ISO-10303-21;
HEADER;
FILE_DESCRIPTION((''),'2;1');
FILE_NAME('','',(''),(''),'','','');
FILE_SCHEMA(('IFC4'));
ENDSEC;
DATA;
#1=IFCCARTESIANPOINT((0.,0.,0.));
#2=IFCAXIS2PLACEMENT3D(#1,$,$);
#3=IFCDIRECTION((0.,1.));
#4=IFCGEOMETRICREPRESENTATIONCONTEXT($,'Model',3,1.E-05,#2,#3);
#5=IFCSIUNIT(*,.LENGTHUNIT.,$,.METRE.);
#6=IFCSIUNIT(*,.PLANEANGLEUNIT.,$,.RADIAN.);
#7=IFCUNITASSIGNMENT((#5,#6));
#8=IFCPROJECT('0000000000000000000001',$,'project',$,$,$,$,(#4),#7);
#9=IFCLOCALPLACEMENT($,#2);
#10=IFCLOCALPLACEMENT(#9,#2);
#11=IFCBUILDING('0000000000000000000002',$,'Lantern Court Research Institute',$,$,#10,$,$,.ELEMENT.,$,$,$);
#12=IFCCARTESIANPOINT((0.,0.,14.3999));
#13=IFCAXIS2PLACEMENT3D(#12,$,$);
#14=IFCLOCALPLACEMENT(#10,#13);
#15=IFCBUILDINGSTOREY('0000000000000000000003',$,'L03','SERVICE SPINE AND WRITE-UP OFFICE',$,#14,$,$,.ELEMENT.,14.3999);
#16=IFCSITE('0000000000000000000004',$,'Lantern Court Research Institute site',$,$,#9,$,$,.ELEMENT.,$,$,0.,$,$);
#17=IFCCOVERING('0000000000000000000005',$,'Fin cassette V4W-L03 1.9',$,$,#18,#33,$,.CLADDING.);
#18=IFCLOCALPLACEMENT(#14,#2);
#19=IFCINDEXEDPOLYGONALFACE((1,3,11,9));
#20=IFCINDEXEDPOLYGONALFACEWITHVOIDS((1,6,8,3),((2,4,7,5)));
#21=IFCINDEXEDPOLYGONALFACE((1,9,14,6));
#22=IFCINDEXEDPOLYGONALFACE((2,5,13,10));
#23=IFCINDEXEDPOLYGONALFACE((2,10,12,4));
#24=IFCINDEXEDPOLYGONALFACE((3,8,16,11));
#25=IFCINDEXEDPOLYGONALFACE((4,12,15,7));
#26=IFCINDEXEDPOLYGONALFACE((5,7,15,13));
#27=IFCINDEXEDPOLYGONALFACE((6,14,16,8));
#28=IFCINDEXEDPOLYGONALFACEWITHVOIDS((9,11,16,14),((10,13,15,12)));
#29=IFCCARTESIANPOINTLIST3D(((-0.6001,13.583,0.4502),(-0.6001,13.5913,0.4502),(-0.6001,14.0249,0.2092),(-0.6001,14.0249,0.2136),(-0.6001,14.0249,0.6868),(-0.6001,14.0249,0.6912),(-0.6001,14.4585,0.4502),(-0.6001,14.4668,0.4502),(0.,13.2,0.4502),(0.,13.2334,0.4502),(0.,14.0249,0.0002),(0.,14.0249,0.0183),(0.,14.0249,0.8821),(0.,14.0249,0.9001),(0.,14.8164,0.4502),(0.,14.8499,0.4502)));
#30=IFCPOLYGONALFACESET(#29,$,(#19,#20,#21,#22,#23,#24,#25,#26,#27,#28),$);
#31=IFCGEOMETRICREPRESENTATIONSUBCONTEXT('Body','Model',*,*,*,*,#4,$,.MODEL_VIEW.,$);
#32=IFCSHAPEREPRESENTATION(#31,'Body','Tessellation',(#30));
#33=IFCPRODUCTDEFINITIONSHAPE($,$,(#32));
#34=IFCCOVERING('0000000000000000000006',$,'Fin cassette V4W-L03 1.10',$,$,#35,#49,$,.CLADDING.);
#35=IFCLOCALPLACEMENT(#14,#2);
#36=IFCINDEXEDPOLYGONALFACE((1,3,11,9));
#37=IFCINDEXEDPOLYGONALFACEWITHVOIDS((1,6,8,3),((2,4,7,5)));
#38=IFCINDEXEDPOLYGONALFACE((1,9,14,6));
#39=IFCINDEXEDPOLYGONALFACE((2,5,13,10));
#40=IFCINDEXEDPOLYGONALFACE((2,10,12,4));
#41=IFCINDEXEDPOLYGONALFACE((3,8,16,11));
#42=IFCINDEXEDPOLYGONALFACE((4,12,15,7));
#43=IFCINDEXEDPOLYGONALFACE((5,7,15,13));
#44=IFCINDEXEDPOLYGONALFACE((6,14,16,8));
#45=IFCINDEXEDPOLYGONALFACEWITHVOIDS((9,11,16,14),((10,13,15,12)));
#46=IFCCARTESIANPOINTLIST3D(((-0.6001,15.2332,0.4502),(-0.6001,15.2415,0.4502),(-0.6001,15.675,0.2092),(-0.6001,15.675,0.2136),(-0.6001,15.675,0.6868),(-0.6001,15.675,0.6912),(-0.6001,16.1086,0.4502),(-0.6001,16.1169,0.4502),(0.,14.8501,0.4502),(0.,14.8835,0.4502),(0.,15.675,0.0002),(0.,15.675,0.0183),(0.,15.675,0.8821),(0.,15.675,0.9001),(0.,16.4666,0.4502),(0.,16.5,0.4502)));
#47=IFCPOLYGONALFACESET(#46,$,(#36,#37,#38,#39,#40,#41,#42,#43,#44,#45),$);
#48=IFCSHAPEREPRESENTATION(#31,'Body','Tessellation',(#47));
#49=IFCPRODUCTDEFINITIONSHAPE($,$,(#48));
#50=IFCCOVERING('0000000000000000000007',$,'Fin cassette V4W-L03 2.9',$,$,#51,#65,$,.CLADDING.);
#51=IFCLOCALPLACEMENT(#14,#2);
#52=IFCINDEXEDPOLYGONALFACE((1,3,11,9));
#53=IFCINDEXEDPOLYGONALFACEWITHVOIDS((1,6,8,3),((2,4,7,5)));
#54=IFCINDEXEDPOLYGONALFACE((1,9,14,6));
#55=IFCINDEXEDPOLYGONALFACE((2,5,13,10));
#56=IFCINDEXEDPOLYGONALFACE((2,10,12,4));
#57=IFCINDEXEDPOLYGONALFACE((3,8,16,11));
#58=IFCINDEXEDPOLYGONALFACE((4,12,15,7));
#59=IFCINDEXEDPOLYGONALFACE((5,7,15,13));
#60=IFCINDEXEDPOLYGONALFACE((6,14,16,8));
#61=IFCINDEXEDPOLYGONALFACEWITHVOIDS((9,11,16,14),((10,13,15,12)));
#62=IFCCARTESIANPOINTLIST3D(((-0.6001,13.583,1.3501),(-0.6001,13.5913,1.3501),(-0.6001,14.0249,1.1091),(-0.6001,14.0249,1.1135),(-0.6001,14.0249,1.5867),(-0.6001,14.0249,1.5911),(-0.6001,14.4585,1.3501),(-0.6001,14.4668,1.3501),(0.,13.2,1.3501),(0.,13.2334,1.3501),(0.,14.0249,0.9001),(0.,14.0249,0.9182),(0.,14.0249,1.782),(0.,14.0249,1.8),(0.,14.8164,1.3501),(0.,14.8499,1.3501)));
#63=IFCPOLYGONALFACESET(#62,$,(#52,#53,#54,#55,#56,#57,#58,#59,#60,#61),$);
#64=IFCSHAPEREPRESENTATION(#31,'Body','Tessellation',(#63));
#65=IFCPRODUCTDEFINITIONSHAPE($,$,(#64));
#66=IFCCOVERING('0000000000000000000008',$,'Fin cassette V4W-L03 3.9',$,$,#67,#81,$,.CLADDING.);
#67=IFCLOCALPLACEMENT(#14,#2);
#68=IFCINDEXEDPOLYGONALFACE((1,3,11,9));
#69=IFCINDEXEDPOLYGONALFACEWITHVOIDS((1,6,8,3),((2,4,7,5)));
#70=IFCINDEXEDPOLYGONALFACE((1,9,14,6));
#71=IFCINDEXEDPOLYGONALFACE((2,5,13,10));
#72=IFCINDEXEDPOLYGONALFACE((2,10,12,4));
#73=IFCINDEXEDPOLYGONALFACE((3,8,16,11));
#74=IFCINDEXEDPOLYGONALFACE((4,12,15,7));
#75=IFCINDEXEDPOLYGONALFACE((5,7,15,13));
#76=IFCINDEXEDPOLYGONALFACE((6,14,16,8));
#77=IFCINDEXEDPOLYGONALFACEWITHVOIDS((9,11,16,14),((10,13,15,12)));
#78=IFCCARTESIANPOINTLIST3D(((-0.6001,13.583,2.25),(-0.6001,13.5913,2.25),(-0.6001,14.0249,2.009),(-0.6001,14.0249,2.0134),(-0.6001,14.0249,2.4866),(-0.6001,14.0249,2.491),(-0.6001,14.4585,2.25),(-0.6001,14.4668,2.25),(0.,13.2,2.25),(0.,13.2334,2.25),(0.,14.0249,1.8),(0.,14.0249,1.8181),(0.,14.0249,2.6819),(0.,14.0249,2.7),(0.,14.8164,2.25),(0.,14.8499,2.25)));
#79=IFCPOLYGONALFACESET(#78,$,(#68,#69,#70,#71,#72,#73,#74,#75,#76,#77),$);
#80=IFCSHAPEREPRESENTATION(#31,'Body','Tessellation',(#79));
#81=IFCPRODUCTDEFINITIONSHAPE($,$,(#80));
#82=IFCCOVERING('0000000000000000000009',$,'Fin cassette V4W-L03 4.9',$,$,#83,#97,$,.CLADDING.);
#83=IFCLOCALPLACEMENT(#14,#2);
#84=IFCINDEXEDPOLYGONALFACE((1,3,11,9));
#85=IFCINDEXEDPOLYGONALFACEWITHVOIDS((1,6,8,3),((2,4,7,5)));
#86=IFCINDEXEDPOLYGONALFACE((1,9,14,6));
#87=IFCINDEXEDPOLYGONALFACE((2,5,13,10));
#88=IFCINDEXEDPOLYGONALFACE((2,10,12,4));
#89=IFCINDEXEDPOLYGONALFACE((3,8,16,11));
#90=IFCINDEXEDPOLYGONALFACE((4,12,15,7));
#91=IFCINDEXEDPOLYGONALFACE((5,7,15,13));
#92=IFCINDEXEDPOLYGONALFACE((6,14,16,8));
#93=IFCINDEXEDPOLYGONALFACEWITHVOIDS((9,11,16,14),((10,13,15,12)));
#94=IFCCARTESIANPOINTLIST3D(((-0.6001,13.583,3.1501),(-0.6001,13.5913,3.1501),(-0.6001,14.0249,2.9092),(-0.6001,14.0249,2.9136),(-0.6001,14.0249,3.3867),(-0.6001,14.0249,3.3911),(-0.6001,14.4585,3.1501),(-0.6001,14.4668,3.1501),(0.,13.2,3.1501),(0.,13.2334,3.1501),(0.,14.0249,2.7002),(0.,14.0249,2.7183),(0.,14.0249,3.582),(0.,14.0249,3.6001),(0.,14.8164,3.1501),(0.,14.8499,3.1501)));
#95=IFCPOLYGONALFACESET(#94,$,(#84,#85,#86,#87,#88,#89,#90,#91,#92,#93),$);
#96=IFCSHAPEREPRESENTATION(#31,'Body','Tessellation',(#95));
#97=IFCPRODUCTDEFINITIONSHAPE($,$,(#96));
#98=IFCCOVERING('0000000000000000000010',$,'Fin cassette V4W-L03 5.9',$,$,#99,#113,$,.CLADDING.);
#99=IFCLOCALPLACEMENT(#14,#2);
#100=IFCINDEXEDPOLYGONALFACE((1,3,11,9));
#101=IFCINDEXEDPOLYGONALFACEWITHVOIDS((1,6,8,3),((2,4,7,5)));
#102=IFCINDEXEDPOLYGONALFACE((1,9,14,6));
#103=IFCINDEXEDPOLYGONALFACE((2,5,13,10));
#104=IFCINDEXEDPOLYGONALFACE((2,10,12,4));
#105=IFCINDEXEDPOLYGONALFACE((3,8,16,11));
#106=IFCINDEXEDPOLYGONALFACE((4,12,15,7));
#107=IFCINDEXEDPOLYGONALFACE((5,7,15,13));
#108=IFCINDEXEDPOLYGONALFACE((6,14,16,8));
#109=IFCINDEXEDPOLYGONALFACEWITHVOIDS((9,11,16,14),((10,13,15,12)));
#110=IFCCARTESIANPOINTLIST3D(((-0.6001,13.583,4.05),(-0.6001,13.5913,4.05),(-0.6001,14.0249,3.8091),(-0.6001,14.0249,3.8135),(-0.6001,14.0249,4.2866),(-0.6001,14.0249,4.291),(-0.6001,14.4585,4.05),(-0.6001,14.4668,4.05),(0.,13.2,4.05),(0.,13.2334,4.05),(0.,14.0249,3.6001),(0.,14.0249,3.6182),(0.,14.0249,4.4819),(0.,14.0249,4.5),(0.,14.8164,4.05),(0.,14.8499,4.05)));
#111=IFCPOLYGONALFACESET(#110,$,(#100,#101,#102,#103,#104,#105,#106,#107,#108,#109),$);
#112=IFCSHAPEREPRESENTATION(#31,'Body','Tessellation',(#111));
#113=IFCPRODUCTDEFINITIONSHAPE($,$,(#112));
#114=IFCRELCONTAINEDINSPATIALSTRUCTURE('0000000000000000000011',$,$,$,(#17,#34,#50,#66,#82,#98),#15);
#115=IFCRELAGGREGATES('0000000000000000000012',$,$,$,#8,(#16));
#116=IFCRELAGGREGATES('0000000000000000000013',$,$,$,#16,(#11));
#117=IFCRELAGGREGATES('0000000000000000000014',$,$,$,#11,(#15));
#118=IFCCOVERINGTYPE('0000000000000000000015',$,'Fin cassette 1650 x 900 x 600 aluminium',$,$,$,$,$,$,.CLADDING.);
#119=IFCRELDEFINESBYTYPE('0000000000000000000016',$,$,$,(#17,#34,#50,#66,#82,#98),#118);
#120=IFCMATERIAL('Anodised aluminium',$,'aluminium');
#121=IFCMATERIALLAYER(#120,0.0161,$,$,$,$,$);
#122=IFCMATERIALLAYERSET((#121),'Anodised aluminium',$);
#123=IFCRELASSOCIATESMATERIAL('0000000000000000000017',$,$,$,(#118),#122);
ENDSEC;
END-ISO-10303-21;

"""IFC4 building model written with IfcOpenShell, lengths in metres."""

from ifc_helpers import new_model, entity, si_unit, direction, frame, origin, place, context, subcontext, project, spatial, material, layer, layer_set, type_object, element, save


model = new_model("IFC4")

# Units and contexts
model_context = context("Model", 3, precision=1e-05, world=origin(), true_north=direction((0.0, 1.0)))
body_context = subcontext(model_context, "Body", "Model", "MODEL_VIEW")
ifc_project = project(units=[si_unit("LENGTHUNIT", "METRE"), si_unit("PLANEANGLEUNIT", "RADIAN")], contexts=[model_context])

# Site, building, storey
site_placement = place(None, origin())
site = spatial("IfcSite", under=ifc_project, at=site_placement, Name="Lantern Court Research Institute site", CompositionType="ELEMENT", RefElevation=0.0)
building_placement = place(site_placement, origin())
building = spatial("IfcBuilding", under=site, at=building_placement, Name="Lantern Court Research Institute", CompositionType="ELEMENT")
storey_placement = place(building_placement, frame((0.0, 0.0, 14.3999)))
storey = spatial("IfcBuildingStorey", under=building, at=storey_placement, Name="L03", Description="SERVICE SPINE AND WRITE-UP OFFICE", CompositionType="ELEMENT", Elevation=14.3999)

# Coverings
ifc_material_1 = material(Name="Anodised aluminium", Category="aluminium")
ifc_layer_1 = layer(ifc_material_1, 0.0161)
ifc_layer_set_1 = layer_set([ifc_layer_1], Name="Anodised aluminium")
covering_type = type_object("IfcCoveringType", Name="Fin cassette 1650 x 900 x 600 aluminium", PredefinedType="CLADDING", material=ifc_layer_set_1)
covering_1_placement = place(storey_placement, frame((0.0, 14.0249, 0.4502), z_axis=(-1.0, 0.0, 0.0), x_axis=(0.0, -1.0, 0.0)))
cartesian_point_1 = entity("IfcCartesianPoint", [0.825, 0.0])
cartesian_point_2 = entity("IfcCartesianPoint", [0.7915, 0.0])
cartesian_point_3 = entity("IfcCartesianPoint", [0.4419, 0.0])
cartesian_point_4 = entity("IfcCartesianPoint", [0.4336, 0.0])
element("IfcCovering", 1, at=covering_1_placement, inside=storey, type_object=covering_type, Name="Fin cassette V4W-L03 1.9", PredefinedType="CLADDING", context=body_context, shape_type="SweptSolid", body=[
    entity("IfcExtrudedAreaSolidTapered", entity("IfcArbitraryProfileDefWithVoids", "AREA", None, entity("IfcPolyline", [cartesian_point_1, entity("IfcCartesianPoint", [0.0, 0.45]), entity("IfcCartesianPoint", [-0.825, 0.0]), entity("IfcCartesianPoint", [0.0, -0.45]), cartesian_point_1]), [entity("IfcPolyline", [cartesian_point_2, entity("IfcCartesianPoint", [0.0, 0.4319]), entity("IfcCartesianPoint", [-0.7915, 0.0]), entity("IfcCartesianPoint", [0.0, -0.4319]), cartesian_point_2])]), entity("IfcAxis2Placement3D", entity("IfcCartesianPoint", [0.0, 0.0, 0.0])), entity("IfcDirection", [0.0, 0.0, 1.0]), 0.6001, entity("IfcArbitraryProfileDefWithVoids", "AREA", None, entity("IfcPolyline", [cartesian_point_3, entity("IfcCartesianPoint", [0.0, 0.241]), entity("IfcCartesianPoint", [-0.4419, 0.0]), entity("IfcCartesianPoint", [0.0, -0.241]), cartesian_point_3]), [entity("IfcPolyline", [cartesian_point_4, entity("IfcCartesianPoint", [0.0, 0.2366]), entity("IfcCartesianPoint", [-0.4336, 0.0]), entity("IfcCartesianPoint", [0.0, -0.2366]), cartesian_point_4])])),
])
covering_2_placement = place(storey_placement, frame((0.0, 15.675, 0.4502), z_axis=(-1.0, 0.0, 0.0), x_axis=(0.0, -1.0, 0.0)))
cartesian_point_5 = entity("IfcCartesianPoint", [0.825, 0.0])
cartesian_point_6 = entity("IfcCartesianPoint", [0.7915, 0.0])
cartesian_point_7 = entity("IfcCartesianPoint", [0.4419, 0.0])
cartesian_point_8 = entity("IfcCartesianPoint", [0.4336, 0.0])
element("IfcCovering", 2, at=covering_2_placement, inside=storey, type_object=covering_type, Name="Fin cassette V4W-L03 1.10", PredefinedType="CLADDING", context=body_context, shape_type="SweptSolid", body=[
    entity("IfcExtrudedAreaSolidTapered", entity("IfcArbitraryProfileDefWithVoids", "AREA", None, entity("IfcPolyline", [cartesian_point_5, entity("IfcCartesianPoint", [0.0, 0.45]), entity("IfcCartesianPoint", [-0.825, 0.0]), entity("IfcCartesianPoint", [0.0, -0.45]), cartesian_point_5]), [entity("IfcPolyline", [cartesian_point_6, entity("IfcCartesianPoint", [0.0, 0.4319]), entity("IfcCartesianPoint", [-0.7915, 0.0]), entity("IfcCartesianPoint", [0.0, -0.4319]), cartesian_point_6])]), entity("IfcAxis2Placement3D", entity("IfcCartesianPoint", [0.0, 0.0, 0.0])), entity("IfcDirection", [0.0, 0.0, 1.0]), 0.6001, entity("IfcArbitraryProfileDefWithVoids", "AREA", None, entity("IfcPolyline", [cartesian_point_7, entity("IfcCartesianPoint", [0.0, 0.241]), entity("IfcCartesianPoint", [-0.4419, 0.0]), entity("IfcCartesianPoint", [0.0, -0.241]), cartesian_point_7]), [entity("IfcPolyline", [cartesian_point_8, entity("IfcCartesianPoint", [0.0, 0.2366]), entity("IfcCartesianPoint", [-0.4336, 0.0]), entity("IfcCartesianPoint", [0.0, -0.2366]), cartesian_point_8])])),
])
covering_3_placement = place(storey_placement, frame((0.0, 14.0249, 1.3501), z_axis=(-1.0, 0.0, 0.0), x_axis=(0.0, -1.0, 0.0)))
cartesian_point_9 = entity("IfcCartesianPoint", [0.825, 0.0])
cartesian_point_10 = entity("IfcCartesianPoint", [0.7915, 0.0])
cartesian_point_11 = entity("IfcCartesianPoint", [0.4419, 0.0])
cartesian_point_12 = entity("IfcCartesianPoint", [0.4336, 0.0])
element("IfcCovering", 3, at=covering_3_placement, inside=storey, type_object=covering_type, Name="Fin cassette V4W-L03 2.9", PredefinedType="CLADDING", context=body_context, shape_type="SweptSolid", body=[
    entity("IfcExtrudedAreaSolidTapered", entity("IfcArbitraryProfileDefWithVoids", "AREA", None, entity("IfcPolyline", [cartesian_point_9, entity("IfcCartesianPoint", [0.0, 0.45]), entity("IfcCartesianPoint", [-0.825, 0.0]), entity("IfcCartesianPoint", [0.0, -0.45]), cartesian_point_9]), [entity("IfcPolyline", [cartesian_point_10, entity("IfcCartesianPoint", [0.0, 0.4319]), entity("IfcCartesianPoint", [-0.7915, 0.0]), entity("IfcCartesianPoint", [0.0, -0.4319]), cartesian_point_10])]), entity("IfcAxis2Placement3D", entity("IfcCartesianPoint", [0.0, 0.0, 0.0])), entity("IfcDirection", [0.0, 0.0, 1.0]), 0.6001, entity("IfcArbitraryProfileDefWithVoids", "AREA", None, entity("IfcPolyline", [cartesian_point_11, entity("IfcCartesianPoint", [0.0, 0.241]), entity("IfcCartesianPoint", [-0.4419, 0.0]), entity("IfcCartesianPoint", [0.0, -0.241]), cartesian_point_11]), [entity("IfcPolyline", [cartesian_point_12, entity("IfcCartesianPoint", [0.0, 0.2366]), entity("IfcCartesianPoint", [-0.4336, 0.0]), entity("IfcCartesianPoint", [0.0, -0.2366]), cartesian_point_12])])),
])
covering_4_placement = place(storey_placement, frame((0.0, 14.0249, 2.25), z_axis=(-1.0, 0.0, 0.0), x_axis=(0.0, -1.0, 0.0)))
cartesian_point_13 = entity("IfcCartesianPoint", [0.825, 0.0])
cartesian_point_14 = entity("IfcCartesianPoint", [0.7915, 0.0])
cartesian_point_15 = entity("IfcCartesianPoint", [0.4419, 0.0])
cartesian_point_16 = entity("IfcCartesianPoint", [0.4336, 0.0])
element("IfcCovering", 4, at=covering_4_placement, inside=storey, type_object=covering_type, Name="Fin cassette V4W-L03 3.9", PredefinedType="CLADDING", context=body_context, shape_type="SweptSolid", body=[
    entity("IfcExtrudedAreaSolidTapered", entity("IfcArbitraryProfileDefWithVoids", "AREA", None, entity("IfcPolyline", [cartesian_point_13, entity("IfcCartesianPoint", [0.0, 0.45]), entity("IfcCartesianPoint", [-0.825, 0.0]), entity("IfcCartesianPoint", [0.0, -0.45]), cartesian_point_13]), [entity("IfcPolyline", [cartesian_point_14, entity("IfcCartesianPoint", [0.0, 0.4319]), entity("IfcCartesianPoint", [-0.7915, 0.0]), entity("IfcCartesianPoint", [0.0, -0.4319]), cartesian_point_14])]), entity("IfcAxis2Placement3D", entity("IfcCartesianPoint", [0.0, 0.0, 0.0])), entity("IfcDirection", [0.0, 0.0, 1.0]), 0.6001, entity("IfcArbitraryProfileDefWithVoids", "AREA", None, entity("IfcPolyline", [cartesian_point_15, entity("IfcCartesianPoint", [0.0, 0.241]), entity("IfcCartesianPoint", [-0.4419, 0.0]), entity("IfcCartesianPoint", [0.0, -0.241]), cartesian_point_15]), [entity("IfcPolyline", [cartesian_point_16, entity("IfcCartesianPoint", [0.0, 0.2366]), entity("IfcCartesianPoint", [-0.4336, 0.0]), entity("IfcCartesianPoint", [0.0, -0.2366]), cartesian_point_16])])),
])
covering_5_placement = place(storey_placement, frame((0.0, 14.0249, 3.1501), z_axis=(-1.0, 0.0, 0.0), x_axis=(0.0, -1.0, 0.0)))
cartesian_point_17 = entity("IfcCartesianPoint", [0.825, 0.0])
cartesian_point_18 = entity("IfcCartesianPoint", [0.7915, 0.0])
cartesian_point_19 = entity("IfcCartesianPoint", [0.4419, 0.0])
cartesian_point_20 = entity("IfcCartesianPoint", [0.4336, 0.0])
element("IfcCovering", 5, at=covering_5_placement, inside=storey, type_object=covering_type, Name="Fin cassette V4W-L03 4.9", PredefinedType="CLADDING", context=body_context, shape_type="SweptSolid", body=[
    entity("IfcExtrudedAreaSolidTapered", entity("IfcArbitraryProfileDefWithVoids", "AREA", None, entity("IfcPolyline", [cartesian_point_17, entity("IfcCartesianPoint", [0.0, 0.45]), entity("IfcCartesianPoint", [-0.825, 0.0]), entity("IfcCartesianPoint", [0.0, -0.45]), cartesian_point_17]), [entity("IfcPolyline", [cartesian_point_18, entity("IfcCartesianPoint", [0.0, 0.4319]), entity("IfcCartesianPoint", [-0.7915, 0.0]), entity("IfcCartesianPoint", [0.0, -0.4319]), cartesian_point_18])]), entity("IfcAxis2Placement3D", entity("IfcCartesianPoint", [0.0, 0.0, 0.0])), entity("IfcDirection", [0.0, 0.0, 1.0]), 0.6001, entity("IfcArbitraryProfileDefWithVoids", "AREA", None, entity("IfcPolyline", [cartesian_point_19, entity("IfcCartesianPoint", [0.0, 0.241]), entity("IfcCartesianPoint", [-0.4419, 0.0]), entity("IfcCartesianPoint", [0.0, -0.241]), cartesian_point_19]), [entity("IfcPolyline", [cartesian_point_20, entity("IfcCartesianPoint", [0.0, 0.2366]), entity("IfcCartesianPoint", [-0.4336, 0.0]), entity("IfcCartesianPoint", [0.0, -0.2366]), cartesian_point_20])])),
])
covering_6_placement = place(storey_placement, frame((0.0, 14.0249, 4.05), z_axis=(-1.0, 0.0, 0.0), x_axis=(0.0, -1.0, 0.0)))
cartesian_point_21 = entity("IfcCartesianPoint", [0.825, 0.0])
cartesian_point_22 = entity("IfcCartesianPoint", [0.7915, 0.0])
cartesian_point_23 = entity("IfcCartesianPoint", [0.4419, 0.0])
cartesian_point_24 = entity("IfcCartesianPoint", [0.4336, 0.0])
element("IfcCovering", 6, at=covering_6_placement, inside=storey, type_object=covering_type, Name="Fin cassette V4W-L03 5.9", PredefinedType="CLADDING", context=body_context, shape_type="SweptSolid", body=[
    entity("IfcExtrudedAreaSolidTapered", entity("IfcArbitraryProfileDefWithVoids", "AREA", None, entity("IfcPolyline", [cartesian_point_21, entity("IfcCartesianPoint", [0.0, 0.45]), entity("IfcCartesianPoint", [-0.825, 0.0]), entity("IfcCartesianPoint", [0.0, -0.45]), cartesian_point_21]), [entity("IfcPolyline", [cartesian_point_22, entity("IfcCartesianPoint", [0.0, 0.4319]), entity("IfcCartesianPoint", [-0.7915, 0.0]), entity("IfcCartesianPoint", [0.0, -0.4319]), cartesian_point_22])]), entity("IfcAxis2Placement3D", entity("IfcCartesianPoint", [0.0, 0.0, 0.0])), entity("IfcDirection", [0.0, 0.0, 1.0]), 0.6001, entity("IfcArbitraryProfileDefWithVoids", "AREA", None, entity("IfcPolyline", [cartesian_point_23, entity("IfcCartesianPoint", [0.0, 0.241]), entity("IfcCartesianPoint", [-0.4419, 0.0]), entity("IfcCartesianPoint", [0.0, -0.241]), cartesian_point_23]), [entity("IfcPolyline", [cartesian_point_24, entity("IfcCartesianPoint", [0.0, 0.2366]), entity("IfcCartesianPoint", [-0.4336, 0.0]), entity("IfcCartesianPoint", [0.0, -0.2366]), cartesian_point_24])])),
])

save(model, "model.ifc")
